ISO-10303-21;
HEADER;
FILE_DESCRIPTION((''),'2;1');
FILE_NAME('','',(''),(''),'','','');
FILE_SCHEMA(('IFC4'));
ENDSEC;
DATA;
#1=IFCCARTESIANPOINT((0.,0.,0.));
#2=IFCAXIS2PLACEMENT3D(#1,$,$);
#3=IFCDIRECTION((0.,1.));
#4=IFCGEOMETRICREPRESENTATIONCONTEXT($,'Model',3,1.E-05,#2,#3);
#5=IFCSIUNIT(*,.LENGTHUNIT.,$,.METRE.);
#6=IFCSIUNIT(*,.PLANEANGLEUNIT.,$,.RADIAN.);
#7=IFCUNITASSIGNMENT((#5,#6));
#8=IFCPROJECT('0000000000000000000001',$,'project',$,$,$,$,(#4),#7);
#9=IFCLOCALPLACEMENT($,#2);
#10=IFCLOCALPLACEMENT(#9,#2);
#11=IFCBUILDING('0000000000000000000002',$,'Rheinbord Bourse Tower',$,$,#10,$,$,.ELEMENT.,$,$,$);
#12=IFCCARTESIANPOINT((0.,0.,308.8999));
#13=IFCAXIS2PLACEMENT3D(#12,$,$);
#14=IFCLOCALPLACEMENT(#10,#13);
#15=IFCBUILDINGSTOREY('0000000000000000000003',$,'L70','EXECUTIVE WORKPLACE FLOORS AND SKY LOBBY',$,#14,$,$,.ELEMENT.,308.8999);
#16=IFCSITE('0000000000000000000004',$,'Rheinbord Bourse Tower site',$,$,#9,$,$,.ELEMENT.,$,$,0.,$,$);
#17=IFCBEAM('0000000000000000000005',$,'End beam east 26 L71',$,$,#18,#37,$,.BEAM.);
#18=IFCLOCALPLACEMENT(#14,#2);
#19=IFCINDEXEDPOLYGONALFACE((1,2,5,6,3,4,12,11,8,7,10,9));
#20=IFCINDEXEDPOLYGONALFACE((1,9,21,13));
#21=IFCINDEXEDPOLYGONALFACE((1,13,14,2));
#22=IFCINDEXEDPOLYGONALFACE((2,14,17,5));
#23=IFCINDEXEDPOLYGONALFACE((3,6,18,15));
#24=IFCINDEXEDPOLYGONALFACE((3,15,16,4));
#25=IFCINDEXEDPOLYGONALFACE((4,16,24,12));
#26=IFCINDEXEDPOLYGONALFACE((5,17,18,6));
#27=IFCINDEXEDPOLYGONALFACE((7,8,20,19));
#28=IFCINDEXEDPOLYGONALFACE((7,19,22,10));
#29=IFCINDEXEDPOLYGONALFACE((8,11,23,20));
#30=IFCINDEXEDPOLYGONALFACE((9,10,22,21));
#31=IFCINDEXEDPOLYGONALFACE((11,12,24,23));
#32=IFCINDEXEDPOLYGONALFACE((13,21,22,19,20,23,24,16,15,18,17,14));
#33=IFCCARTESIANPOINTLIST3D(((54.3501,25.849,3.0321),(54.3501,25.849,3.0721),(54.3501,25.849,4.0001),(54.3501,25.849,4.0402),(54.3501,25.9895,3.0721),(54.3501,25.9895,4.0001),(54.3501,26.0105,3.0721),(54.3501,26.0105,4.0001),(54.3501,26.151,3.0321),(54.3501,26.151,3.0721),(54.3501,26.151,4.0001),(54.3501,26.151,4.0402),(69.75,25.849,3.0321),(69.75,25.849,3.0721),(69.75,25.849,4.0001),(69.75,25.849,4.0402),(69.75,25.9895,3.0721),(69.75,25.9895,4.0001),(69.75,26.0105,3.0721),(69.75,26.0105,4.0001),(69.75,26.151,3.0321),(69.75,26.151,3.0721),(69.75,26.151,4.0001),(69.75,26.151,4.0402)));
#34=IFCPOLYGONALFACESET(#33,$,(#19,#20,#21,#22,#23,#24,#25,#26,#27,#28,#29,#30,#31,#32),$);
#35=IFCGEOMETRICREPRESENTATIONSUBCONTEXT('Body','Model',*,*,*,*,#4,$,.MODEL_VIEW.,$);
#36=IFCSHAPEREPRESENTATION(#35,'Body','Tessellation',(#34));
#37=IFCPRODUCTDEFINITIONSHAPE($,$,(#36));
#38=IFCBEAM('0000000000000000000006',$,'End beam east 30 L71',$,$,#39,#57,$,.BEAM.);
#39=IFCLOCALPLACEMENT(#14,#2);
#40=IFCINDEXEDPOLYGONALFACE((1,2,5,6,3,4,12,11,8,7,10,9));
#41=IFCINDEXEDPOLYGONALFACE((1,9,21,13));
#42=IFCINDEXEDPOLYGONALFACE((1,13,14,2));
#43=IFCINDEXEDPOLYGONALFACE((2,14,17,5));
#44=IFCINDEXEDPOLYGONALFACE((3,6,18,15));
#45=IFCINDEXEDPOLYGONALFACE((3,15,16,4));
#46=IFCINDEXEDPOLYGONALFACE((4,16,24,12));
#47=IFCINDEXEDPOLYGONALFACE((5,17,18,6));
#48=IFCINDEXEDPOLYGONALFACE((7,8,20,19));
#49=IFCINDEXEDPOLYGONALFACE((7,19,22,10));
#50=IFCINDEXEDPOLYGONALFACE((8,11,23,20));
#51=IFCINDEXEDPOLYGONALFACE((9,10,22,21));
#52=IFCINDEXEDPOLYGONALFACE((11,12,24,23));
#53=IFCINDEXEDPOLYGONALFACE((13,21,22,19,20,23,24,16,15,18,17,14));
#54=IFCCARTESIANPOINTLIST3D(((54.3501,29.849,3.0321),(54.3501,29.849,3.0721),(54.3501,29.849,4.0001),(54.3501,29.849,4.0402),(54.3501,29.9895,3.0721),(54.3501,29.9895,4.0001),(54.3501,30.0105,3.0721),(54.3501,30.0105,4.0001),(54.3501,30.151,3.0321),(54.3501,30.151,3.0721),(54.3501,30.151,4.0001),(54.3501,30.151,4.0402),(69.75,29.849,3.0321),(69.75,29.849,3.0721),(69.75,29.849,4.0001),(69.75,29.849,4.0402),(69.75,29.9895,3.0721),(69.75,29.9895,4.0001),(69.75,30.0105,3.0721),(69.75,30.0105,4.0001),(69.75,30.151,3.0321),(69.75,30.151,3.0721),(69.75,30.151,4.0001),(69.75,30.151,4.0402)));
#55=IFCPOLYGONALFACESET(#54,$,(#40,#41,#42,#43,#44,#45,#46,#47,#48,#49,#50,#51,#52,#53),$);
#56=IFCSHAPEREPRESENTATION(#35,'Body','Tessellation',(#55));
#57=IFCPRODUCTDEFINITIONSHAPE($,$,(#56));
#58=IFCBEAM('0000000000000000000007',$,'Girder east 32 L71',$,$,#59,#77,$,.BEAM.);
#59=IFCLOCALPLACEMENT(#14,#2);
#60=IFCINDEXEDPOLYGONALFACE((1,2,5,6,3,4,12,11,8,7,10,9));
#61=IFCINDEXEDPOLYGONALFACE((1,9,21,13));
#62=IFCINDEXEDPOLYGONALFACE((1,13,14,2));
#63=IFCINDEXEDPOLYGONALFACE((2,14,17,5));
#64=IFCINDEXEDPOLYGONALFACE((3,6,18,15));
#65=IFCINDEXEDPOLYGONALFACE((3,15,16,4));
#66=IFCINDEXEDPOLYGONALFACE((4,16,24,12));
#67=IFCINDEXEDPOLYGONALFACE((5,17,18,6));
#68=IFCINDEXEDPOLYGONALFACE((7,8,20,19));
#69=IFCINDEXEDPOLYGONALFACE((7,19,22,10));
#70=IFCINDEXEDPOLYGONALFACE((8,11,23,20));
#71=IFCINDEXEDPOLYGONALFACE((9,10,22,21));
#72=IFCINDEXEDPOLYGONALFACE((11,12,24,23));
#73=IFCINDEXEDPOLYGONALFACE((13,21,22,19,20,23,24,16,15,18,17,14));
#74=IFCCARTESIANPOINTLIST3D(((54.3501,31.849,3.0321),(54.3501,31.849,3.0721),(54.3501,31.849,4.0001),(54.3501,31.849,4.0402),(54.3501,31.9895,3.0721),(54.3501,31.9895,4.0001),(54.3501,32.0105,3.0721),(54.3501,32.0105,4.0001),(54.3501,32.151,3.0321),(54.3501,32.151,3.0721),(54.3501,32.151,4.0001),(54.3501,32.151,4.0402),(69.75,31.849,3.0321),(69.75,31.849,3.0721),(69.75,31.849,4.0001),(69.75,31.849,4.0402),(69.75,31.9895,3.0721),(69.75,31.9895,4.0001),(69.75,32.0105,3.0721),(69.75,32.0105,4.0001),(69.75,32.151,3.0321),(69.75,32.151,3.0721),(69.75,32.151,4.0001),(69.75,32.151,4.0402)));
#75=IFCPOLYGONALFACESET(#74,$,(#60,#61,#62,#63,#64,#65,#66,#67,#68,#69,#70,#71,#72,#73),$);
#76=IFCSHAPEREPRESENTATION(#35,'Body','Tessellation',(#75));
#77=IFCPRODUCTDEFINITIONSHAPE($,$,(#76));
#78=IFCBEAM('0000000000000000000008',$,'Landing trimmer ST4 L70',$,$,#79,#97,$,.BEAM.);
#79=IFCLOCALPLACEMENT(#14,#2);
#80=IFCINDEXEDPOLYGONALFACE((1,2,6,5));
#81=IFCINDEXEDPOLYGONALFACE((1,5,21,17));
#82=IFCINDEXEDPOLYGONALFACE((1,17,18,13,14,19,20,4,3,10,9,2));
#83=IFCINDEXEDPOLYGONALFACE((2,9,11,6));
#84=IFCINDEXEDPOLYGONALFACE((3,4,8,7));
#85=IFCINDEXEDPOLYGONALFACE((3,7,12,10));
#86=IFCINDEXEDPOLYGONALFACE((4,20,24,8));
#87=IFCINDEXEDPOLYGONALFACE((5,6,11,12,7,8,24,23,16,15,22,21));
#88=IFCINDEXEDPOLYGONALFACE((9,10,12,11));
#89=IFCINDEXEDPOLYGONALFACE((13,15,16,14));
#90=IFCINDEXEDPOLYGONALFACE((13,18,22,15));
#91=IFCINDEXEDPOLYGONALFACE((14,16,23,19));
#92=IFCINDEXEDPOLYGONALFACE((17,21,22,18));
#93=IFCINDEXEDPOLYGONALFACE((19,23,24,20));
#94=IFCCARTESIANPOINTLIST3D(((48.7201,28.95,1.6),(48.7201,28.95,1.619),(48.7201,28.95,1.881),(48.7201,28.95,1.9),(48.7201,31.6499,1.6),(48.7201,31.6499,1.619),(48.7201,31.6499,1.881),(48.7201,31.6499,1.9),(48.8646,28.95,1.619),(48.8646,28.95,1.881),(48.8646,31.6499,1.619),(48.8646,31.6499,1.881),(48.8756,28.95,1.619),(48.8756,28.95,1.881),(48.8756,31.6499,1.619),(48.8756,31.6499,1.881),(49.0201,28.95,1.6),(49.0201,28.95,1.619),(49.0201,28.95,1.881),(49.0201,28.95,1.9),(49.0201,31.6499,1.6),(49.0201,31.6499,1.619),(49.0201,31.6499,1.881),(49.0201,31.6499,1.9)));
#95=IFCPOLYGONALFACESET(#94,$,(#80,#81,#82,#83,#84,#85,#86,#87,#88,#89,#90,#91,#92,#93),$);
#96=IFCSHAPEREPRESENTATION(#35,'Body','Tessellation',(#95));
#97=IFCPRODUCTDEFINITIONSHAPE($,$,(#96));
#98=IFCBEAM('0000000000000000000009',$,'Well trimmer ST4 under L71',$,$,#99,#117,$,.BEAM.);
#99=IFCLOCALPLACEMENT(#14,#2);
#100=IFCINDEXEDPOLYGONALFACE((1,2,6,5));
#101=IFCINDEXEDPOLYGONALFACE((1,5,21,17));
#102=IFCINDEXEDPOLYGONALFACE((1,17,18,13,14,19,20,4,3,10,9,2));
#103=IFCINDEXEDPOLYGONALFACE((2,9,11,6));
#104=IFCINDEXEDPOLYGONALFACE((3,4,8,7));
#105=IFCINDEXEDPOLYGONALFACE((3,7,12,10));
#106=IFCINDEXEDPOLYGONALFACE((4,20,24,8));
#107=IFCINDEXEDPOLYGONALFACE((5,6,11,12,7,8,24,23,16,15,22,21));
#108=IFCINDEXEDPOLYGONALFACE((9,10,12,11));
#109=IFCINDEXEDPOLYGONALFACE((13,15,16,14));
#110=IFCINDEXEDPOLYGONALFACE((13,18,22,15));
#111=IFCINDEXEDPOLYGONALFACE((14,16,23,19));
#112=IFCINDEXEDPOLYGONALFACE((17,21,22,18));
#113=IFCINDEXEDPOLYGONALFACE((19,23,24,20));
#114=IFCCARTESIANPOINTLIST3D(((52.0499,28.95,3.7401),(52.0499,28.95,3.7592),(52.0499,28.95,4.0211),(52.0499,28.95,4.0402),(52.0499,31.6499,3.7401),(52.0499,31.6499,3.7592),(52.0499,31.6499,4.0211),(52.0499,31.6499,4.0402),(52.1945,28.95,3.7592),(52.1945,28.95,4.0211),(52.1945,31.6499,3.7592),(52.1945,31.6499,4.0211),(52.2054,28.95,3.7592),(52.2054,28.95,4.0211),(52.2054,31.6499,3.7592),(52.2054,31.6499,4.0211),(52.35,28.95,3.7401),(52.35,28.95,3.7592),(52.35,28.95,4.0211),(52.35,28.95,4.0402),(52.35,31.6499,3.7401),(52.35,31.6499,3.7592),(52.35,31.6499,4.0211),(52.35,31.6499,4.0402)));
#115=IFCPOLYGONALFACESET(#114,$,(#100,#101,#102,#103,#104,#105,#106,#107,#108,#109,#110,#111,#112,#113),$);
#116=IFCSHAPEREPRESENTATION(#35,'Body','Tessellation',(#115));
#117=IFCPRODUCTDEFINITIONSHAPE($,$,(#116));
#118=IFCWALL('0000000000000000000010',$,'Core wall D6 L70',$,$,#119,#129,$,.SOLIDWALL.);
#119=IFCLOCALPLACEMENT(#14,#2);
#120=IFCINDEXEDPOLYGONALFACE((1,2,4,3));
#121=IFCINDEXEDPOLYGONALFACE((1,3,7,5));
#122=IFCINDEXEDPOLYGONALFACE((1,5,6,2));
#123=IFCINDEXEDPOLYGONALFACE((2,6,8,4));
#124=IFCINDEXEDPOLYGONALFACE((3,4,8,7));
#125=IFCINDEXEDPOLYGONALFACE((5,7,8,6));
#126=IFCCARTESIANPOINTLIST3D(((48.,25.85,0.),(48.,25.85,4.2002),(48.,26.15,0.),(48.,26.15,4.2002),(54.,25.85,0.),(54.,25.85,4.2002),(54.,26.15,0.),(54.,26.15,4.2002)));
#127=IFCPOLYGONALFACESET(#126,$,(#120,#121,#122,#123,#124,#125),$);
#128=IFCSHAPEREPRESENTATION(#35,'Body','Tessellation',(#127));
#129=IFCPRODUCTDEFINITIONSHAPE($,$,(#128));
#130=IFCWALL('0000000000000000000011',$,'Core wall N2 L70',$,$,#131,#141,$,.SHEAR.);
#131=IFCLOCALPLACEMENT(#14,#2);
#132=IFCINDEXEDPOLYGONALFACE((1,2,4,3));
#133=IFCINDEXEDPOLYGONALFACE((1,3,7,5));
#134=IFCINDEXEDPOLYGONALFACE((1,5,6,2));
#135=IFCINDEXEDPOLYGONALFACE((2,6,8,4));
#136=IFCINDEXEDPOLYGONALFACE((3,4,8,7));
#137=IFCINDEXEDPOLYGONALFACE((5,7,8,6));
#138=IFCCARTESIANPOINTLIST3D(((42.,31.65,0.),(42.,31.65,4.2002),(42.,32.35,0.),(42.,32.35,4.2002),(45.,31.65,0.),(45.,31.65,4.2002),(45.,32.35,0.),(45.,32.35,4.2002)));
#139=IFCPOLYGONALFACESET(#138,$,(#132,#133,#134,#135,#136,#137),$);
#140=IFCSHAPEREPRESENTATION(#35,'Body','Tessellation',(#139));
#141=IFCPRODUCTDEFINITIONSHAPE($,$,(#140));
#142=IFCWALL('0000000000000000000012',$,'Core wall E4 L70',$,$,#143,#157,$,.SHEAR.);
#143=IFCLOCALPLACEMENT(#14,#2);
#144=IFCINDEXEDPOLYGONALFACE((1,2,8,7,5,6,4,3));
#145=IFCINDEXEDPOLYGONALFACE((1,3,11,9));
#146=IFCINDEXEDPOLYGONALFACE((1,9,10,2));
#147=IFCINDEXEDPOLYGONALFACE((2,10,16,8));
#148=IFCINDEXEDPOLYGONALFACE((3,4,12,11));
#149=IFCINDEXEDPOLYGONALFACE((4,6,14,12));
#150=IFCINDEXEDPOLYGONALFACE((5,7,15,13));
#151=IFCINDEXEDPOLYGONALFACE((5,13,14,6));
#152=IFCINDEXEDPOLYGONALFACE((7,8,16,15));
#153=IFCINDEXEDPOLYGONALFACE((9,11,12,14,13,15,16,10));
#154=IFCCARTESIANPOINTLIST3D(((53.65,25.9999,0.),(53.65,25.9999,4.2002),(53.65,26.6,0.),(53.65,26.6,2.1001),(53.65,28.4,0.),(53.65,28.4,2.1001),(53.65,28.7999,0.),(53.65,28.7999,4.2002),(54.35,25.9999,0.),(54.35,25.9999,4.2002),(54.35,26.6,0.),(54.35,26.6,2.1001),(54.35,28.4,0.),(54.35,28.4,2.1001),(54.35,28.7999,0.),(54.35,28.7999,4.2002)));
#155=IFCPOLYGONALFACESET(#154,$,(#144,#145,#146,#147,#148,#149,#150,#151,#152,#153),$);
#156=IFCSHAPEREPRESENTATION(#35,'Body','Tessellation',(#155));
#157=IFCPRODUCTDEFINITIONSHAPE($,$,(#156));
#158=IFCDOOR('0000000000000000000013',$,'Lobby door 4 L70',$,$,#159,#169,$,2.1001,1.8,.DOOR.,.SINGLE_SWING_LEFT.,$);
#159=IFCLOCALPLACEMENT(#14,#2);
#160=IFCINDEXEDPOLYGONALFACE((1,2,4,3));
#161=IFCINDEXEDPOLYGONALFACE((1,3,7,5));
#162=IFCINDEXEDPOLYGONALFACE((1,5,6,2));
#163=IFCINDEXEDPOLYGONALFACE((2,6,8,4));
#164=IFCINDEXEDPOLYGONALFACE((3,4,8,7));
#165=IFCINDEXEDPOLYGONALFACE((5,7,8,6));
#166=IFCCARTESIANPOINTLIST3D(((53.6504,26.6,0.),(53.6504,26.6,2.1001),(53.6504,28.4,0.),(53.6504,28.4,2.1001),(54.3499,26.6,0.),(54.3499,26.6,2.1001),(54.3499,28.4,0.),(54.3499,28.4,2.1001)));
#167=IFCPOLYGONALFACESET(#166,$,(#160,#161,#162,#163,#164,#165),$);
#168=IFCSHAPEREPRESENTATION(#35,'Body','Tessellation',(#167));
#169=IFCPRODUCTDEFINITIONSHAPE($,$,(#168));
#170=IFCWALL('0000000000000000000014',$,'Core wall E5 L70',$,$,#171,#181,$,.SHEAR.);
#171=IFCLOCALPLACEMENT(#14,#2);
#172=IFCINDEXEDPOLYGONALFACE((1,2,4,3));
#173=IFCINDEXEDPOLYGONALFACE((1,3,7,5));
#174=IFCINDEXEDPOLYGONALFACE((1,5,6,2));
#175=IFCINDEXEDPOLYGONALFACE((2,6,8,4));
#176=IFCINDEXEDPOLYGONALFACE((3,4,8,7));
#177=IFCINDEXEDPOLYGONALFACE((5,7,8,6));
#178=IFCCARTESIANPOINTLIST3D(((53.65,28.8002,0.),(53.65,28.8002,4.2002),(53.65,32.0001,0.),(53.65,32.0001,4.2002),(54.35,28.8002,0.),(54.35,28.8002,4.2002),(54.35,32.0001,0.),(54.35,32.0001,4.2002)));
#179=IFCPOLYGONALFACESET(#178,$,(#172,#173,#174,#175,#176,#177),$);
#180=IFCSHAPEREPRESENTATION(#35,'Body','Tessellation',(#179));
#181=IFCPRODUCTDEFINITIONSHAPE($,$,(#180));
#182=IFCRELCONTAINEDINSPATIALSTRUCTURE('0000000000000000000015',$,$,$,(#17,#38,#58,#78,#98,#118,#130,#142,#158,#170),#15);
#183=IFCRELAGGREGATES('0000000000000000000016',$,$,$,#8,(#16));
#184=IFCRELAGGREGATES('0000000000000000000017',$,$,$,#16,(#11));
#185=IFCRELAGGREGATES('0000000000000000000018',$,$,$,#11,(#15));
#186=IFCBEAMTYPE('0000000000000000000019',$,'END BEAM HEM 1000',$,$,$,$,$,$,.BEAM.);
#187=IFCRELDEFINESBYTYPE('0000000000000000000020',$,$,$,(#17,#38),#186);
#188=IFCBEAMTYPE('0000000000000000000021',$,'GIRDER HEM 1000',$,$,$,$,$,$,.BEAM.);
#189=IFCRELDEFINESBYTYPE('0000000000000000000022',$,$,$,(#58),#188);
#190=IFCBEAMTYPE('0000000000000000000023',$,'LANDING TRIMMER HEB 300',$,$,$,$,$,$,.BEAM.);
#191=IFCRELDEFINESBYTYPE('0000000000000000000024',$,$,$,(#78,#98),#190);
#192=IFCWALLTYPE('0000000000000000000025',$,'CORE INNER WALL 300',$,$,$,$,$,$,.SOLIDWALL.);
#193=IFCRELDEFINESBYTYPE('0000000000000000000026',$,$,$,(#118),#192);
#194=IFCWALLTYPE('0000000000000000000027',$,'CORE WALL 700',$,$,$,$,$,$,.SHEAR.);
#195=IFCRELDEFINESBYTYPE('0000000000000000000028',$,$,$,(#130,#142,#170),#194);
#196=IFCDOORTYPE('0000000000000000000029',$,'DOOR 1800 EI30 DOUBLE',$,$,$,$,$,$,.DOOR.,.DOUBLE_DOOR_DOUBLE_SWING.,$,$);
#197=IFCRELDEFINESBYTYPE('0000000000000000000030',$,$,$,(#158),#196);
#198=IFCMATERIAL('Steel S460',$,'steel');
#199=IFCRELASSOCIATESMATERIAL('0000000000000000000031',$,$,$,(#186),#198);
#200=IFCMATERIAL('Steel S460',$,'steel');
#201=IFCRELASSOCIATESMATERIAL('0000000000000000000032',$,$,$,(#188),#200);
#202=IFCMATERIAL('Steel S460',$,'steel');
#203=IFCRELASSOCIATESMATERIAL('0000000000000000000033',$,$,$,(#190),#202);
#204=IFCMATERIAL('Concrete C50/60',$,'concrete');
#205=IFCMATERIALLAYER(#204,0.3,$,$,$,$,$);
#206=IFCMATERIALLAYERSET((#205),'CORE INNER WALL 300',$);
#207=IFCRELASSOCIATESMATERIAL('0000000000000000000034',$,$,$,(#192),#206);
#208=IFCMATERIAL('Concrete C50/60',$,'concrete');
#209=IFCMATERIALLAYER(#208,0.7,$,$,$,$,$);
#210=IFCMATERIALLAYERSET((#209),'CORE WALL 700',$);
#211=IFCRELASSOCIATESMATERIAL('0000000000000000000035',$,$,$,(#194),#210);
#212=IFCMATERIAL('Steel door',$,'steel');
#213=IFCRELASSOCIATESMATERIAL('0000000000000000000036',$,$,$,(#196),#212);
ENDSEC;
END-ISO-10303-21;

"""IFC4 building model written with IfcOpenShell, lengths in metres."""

from ifc_helpers import new_model, si_unit, direction, frame, frame_2d, origin, origin_2d, place, context, subcontext, project, spatial, rectangle, i_section, extrude, material, layer, layer_set, material_profile, profile_set, type_object, element, fill, save


model = new_model("IFC4")

# Units and contexts
model_context = context("Model", 3, precision=1e-05, world=origin(), true_north=direction((0.0, 1.0)))
body_context = subcontext(model_context, "Body", "Model", "MODEL_VIEW")
ifc_project = project(units=[si_unit("LENGTHUNIT", "METRE"), si_unit("PLANEANGLEUNIT", "RADIAN")], contexts=[model_context])

# Site, building, storey
site_placement = place(None, origin())
site = spatial("IfcSite", under=ifc_project, at=site_placement, Name="Rheinbord Bourse Tower site", CompositionType="ELEMENT", RefElevation=0.0)
building_placement = place(site_placement, origin())
building = spatial("IfcBuilding", under=site, at=building_placement, Name="Rheinbord Bourse Tower", CompositionType="ELEMENT")
storey_placement = place(building_placement, frame((0.0, 0.0, 308.8999)))
storey = spatial("IfcBuildingStorey", under=building, at=storey_placement, Name="L70", Description="EXECUTIVE WORKPLACE FLOORS AND SKY LOBBY", CompositionType="ELEMENT", Elevation=308.8999)

# Beams
ifc_material_1 = material(Name="Steel S460", Category="steel")
ifc_material_profile_1 = material_profile(ifc_material_1, i_section(OverallWidth=0.302, OverallDepth=1.0081, WebThickness=0.021, FlangeThickness=0.04, at=origin_2d()), Name="HEM 1000")
ifc_profile_set_1 = profile_set([ifc_material_profile_1], Name="Steel S460")
beam_type_1 = type_object("IfcBeamType", Name="END BEAM HEM 1000", PredefinedType="BEAM", material=ifc_profile_set_1)
for number, where, z_axis, x_axis, name in (
    (1, (54.3501, 26.0, 3.5361), (1.0, 0.0, 0.0), (0.0, 1.0, 0.0), "End beam east 26 L71"),
    (2, (54.3501, 30.0, 3.5361), (1.0, 0.0, 0.0), (0.0, 1.0, 0.0), "End beam east 30 L71"),
):
    element("IfcBeam", number, at=place(storey_placement, frame(where, z_axis=z_axis, x_axis=x_axis)), inside=storey, type_object=beam_type_1, Name=name, PredefinedType="BEAM", context=body_context, shape_type="SweptSolid", body=[
        extrude(i_section(OverallWidth=0.302, OverallDepth=1.0081, WebThickness=0.021, FlangeThickness=0.04, at=origin_2d()), origin(), (0.0, 0.0, 1.0), 15.3999),
    ])
ifc_material_2 = material(Name="Steel S460", Category="steel")
ifc_material_profile_2 = material_profile(ifc_material_2, i_section(OverallWidth=0.302, OverallDepth=1.0081, WebThickness=0.021, FlangeThickness=0.04, at=origin_2d()), Name="HEM 1000")
ifc_profile_set_2 = profile_set([ifc_material_profile_2], Name="Steel S460")
beam_type_2 = type_object("IfcBeamType", Name="GIRDER HEM 1000", PredefinedType="BEAM", material=ifc_profile_set_2)
beam_placement = place(storey_placement, frame((54.3501, 32.0, 3.5361), z_axis=(1.0, 0.0, 0.0), x_axis=(0.0, 1.0, 0.0)))
element("IfcBeam", 3, at=beam_placement, inside=storey, type_object=beam_type_2, Name="Girder east 32 L71", PredefinedType="BEAM", context=body_context, shape_type="SweptSolid", body=[
    extrude(i_section(OverallWidth=0.302, OverallDepth=1.0081, WebThickness=0.021, FlangeThickness=0.04, at=origin_2d()), origin(), (0.0, 0.0, 1.0), 15.3999),
])
ifc_material_3 = material(Name="Steel S460", Category="steel")
ifc_material_profile_3 = material_profile(ifc_material_3, i_section(OverallWidth=0.3, OverallDepth=0.3, WebThickness=0.011, FlangeThickness=0.019, at=origin_2d()), Name="HEB 300")
ifc_profile_set_3 = profile_set([ifc_material_profile_3], Name="Steel S460")
beam_type_3 = type_object("IfcBeamType", Name="LANDING TRIMMER HEB 300", PredefinedType="BEAM", material=ifc_profile_set_3)
for number, where, z_axis, x_axis, name in (
    (4, (48.8701, 28.95, 1.75), (0.0, 1.0, 0.0), (-1.0, 0.0, 0.0), "Landing trimmer ST4 L70"),
    (5, (52.2, 28.95, 3.8901), (0.0, 1.0, 0.0), (-1.0, 0.0, 0.0), "Well trimmer ST4 under L71"),
):
    element("IfcBeam", number, at=place(storey_placement, frame(where, z_axis=z_axis, x_axis=x_axis)), inside=storey, type_object=beam_type_3, Name=name, PredefinedType="BEAM", context=body_context, shape_type="SweptSolid", body=[
        extrude(i_section(OverallWidth=0.3, OverallDepth=0.3, WebThickness=0.011, FlangeThickness=0.019, at=origin_2d()), origin(), (0.0, 0.0, 1.0), 2.7),
    ])

# Walls
ifc_material_4 = material(Name="Concrete C50/60", Category="concrete")
ifc_layer_1 = layer(ifc_material_4, 0.3)
ifc_layer_set_1 = layer_set([ifc_layer_1], Name="CORE INNER WALL 300")
wall_type_1 = type_object("IfcWallType", Name="CORE INNER WALL 300", PredefinedType="SOLIDWALL", material=ifc_layer_set_1)
wall_1_placement = place(storey_placement, frame((48.0, 26.0, 0.0), z_axis=(0.0, 0.0, 1.0), x_axis=(1.0, 0.0, 0.0)))
element("IfcWall", 6, at=wall_1_placement, inside=storey, type_object=wall_type_1, Name="Core wall D6 L70", PredefinedType="SOLIDWALL", context=body_context, shape_type="SweptSolid", body=[
    extrude(rectangle(XDim=6.0, YDim=0.3, at=frame_2d((3.0, 0.0))), origin(), (0.0, 0.0, 1.0), 4.2002),
])
ifc_material_5 = material(Name="Concrete C50/60", Category="concrete")
ifc_layer_2 = layer(ifc_material_5, 0.7)
ifc_layer_set_2 = layer_set([ifc_layer_2], Name="CORE WALL 700")
wall_type_2 = type_object("IfcWallType", Name="CORE WALL 700", PredefinedType="SHEAR", material=ifc_layer_set_2)
wall_2_placement = place(storey_placement, frame((45.0, 32.0, 0.0), z_axis=(0.0, 0.0, 1.0), x_axis=(-1.0, 0.0, 0.0)))
element("IfcWall", 7, at=wall_2_placement, inside=storey, type_object=wall_type_2, Name="Core wall N2 L70", PredefinedType="SHEAR", context=body_context, shape_type="SweptSolid", body=[
    extrude(rectangle(XDim=3.0, YDim=0.7, at=frame_2d((1.5, 0.0))), origin(), (0.0, 0.0, 1.0), 4.2002),
])

# Wall, opening, door
wall_3_placement = place(storey_placement, frame((54.0, 26.0, 0.0), z_axis=(0.0, 0.0, 1.0), x_axis=(0.0, 1.0, 0.0)))
wall_3 = element("IfcWall", 8, at=wall_3_placement, inside=storey, type_object=wall_type_2, Name="Core wall E4 L70", PredefinedType="SHEAR", context=body_context, shape_type="SweptSolid", body=[
    extrude(rectangle(XDim=2.8, YDim=0.7, at=frame_2d((1.3999, 0.0))), origin(), (0.0, 0.0, 1.0), 4.2002),
])
opening_1_placement = place(wall_3_placement, frame((0.6001, 0.0, 0.0)))
opening_1 = element("IfcOpeningElement", 9, at=opening_1_placement, cuts=wall_3, PredefinedType="OPENING", context=body_context, shape_type="SweptSolid", body=[
    extrude(rectangle(XDim=1.8, YDim=2.1001, at=frame_2d((0.8999, 1.05))), frame((0.0, 0.3599, 0.0), z_axis=(0.0, -1.0, 0.0), x_axis=(1.0, 0.0, 0.0)), (0.0, 0.0, 1.0), 0.72),
])
ifc_material_6 = material(Name="Steel door", Category="steel")
door_type_1 = type_object("IfcDoorType", Name="DOOR 1800 EI30 DOUBLE", OperationType="DOUBLE_DOOR_DOUBLE_SWING", PredefinedType="DOOR", material=ifc_material_6)
door_1_placement = place(opening_1_placement, origin())
door_1 = element("IfcDoor", 10, at=door_1_placement, inside=storey, type_object=door_type_1, Name="Lobby door 4 L70", OperationType="SINGLE_SWING_LEFT", OverallHeight=2.1001, OverallWidth=1.8, PredefinedType="DOOR", context=body_context, shape_type="SweptSolid", body=[
    extrude(rectangle(XDim=1.8, YDim=2.1001, at=frame_2d((0.8999, 1.05))), frame((0.0, 0.3496, 0.0), z_axis=(0.0, -1.0, 0.0), x_axis=(1.0, 0.0, 0.0)), (0.0, 0.0, 1.0), 0.6995),
])
fill(opening_1, door_1)

# Wall
wall_4_placement = place(storey_placement, frame((54.0, 28.8, 0.0), z_axis=(0.0, 0.0, 1.0), x_axis=(0.0, 1.0, 0.0)))
element("IfcWall", 11, at=wall_4_placement, inside=storey, type_object=wall_type_2, Name="Core wall E5 L70", PredefinedType="SHEAR", context=body_context, shape_type="SweptSolid", body=[
    extrude(rectangle(XDim=3.2, YDim=0.7, at=frame_2d((1.6001, 0.0))), origin(), (0.0, 0.0, 1.0), 4.2002),
])

save(model, "model.ifc")
